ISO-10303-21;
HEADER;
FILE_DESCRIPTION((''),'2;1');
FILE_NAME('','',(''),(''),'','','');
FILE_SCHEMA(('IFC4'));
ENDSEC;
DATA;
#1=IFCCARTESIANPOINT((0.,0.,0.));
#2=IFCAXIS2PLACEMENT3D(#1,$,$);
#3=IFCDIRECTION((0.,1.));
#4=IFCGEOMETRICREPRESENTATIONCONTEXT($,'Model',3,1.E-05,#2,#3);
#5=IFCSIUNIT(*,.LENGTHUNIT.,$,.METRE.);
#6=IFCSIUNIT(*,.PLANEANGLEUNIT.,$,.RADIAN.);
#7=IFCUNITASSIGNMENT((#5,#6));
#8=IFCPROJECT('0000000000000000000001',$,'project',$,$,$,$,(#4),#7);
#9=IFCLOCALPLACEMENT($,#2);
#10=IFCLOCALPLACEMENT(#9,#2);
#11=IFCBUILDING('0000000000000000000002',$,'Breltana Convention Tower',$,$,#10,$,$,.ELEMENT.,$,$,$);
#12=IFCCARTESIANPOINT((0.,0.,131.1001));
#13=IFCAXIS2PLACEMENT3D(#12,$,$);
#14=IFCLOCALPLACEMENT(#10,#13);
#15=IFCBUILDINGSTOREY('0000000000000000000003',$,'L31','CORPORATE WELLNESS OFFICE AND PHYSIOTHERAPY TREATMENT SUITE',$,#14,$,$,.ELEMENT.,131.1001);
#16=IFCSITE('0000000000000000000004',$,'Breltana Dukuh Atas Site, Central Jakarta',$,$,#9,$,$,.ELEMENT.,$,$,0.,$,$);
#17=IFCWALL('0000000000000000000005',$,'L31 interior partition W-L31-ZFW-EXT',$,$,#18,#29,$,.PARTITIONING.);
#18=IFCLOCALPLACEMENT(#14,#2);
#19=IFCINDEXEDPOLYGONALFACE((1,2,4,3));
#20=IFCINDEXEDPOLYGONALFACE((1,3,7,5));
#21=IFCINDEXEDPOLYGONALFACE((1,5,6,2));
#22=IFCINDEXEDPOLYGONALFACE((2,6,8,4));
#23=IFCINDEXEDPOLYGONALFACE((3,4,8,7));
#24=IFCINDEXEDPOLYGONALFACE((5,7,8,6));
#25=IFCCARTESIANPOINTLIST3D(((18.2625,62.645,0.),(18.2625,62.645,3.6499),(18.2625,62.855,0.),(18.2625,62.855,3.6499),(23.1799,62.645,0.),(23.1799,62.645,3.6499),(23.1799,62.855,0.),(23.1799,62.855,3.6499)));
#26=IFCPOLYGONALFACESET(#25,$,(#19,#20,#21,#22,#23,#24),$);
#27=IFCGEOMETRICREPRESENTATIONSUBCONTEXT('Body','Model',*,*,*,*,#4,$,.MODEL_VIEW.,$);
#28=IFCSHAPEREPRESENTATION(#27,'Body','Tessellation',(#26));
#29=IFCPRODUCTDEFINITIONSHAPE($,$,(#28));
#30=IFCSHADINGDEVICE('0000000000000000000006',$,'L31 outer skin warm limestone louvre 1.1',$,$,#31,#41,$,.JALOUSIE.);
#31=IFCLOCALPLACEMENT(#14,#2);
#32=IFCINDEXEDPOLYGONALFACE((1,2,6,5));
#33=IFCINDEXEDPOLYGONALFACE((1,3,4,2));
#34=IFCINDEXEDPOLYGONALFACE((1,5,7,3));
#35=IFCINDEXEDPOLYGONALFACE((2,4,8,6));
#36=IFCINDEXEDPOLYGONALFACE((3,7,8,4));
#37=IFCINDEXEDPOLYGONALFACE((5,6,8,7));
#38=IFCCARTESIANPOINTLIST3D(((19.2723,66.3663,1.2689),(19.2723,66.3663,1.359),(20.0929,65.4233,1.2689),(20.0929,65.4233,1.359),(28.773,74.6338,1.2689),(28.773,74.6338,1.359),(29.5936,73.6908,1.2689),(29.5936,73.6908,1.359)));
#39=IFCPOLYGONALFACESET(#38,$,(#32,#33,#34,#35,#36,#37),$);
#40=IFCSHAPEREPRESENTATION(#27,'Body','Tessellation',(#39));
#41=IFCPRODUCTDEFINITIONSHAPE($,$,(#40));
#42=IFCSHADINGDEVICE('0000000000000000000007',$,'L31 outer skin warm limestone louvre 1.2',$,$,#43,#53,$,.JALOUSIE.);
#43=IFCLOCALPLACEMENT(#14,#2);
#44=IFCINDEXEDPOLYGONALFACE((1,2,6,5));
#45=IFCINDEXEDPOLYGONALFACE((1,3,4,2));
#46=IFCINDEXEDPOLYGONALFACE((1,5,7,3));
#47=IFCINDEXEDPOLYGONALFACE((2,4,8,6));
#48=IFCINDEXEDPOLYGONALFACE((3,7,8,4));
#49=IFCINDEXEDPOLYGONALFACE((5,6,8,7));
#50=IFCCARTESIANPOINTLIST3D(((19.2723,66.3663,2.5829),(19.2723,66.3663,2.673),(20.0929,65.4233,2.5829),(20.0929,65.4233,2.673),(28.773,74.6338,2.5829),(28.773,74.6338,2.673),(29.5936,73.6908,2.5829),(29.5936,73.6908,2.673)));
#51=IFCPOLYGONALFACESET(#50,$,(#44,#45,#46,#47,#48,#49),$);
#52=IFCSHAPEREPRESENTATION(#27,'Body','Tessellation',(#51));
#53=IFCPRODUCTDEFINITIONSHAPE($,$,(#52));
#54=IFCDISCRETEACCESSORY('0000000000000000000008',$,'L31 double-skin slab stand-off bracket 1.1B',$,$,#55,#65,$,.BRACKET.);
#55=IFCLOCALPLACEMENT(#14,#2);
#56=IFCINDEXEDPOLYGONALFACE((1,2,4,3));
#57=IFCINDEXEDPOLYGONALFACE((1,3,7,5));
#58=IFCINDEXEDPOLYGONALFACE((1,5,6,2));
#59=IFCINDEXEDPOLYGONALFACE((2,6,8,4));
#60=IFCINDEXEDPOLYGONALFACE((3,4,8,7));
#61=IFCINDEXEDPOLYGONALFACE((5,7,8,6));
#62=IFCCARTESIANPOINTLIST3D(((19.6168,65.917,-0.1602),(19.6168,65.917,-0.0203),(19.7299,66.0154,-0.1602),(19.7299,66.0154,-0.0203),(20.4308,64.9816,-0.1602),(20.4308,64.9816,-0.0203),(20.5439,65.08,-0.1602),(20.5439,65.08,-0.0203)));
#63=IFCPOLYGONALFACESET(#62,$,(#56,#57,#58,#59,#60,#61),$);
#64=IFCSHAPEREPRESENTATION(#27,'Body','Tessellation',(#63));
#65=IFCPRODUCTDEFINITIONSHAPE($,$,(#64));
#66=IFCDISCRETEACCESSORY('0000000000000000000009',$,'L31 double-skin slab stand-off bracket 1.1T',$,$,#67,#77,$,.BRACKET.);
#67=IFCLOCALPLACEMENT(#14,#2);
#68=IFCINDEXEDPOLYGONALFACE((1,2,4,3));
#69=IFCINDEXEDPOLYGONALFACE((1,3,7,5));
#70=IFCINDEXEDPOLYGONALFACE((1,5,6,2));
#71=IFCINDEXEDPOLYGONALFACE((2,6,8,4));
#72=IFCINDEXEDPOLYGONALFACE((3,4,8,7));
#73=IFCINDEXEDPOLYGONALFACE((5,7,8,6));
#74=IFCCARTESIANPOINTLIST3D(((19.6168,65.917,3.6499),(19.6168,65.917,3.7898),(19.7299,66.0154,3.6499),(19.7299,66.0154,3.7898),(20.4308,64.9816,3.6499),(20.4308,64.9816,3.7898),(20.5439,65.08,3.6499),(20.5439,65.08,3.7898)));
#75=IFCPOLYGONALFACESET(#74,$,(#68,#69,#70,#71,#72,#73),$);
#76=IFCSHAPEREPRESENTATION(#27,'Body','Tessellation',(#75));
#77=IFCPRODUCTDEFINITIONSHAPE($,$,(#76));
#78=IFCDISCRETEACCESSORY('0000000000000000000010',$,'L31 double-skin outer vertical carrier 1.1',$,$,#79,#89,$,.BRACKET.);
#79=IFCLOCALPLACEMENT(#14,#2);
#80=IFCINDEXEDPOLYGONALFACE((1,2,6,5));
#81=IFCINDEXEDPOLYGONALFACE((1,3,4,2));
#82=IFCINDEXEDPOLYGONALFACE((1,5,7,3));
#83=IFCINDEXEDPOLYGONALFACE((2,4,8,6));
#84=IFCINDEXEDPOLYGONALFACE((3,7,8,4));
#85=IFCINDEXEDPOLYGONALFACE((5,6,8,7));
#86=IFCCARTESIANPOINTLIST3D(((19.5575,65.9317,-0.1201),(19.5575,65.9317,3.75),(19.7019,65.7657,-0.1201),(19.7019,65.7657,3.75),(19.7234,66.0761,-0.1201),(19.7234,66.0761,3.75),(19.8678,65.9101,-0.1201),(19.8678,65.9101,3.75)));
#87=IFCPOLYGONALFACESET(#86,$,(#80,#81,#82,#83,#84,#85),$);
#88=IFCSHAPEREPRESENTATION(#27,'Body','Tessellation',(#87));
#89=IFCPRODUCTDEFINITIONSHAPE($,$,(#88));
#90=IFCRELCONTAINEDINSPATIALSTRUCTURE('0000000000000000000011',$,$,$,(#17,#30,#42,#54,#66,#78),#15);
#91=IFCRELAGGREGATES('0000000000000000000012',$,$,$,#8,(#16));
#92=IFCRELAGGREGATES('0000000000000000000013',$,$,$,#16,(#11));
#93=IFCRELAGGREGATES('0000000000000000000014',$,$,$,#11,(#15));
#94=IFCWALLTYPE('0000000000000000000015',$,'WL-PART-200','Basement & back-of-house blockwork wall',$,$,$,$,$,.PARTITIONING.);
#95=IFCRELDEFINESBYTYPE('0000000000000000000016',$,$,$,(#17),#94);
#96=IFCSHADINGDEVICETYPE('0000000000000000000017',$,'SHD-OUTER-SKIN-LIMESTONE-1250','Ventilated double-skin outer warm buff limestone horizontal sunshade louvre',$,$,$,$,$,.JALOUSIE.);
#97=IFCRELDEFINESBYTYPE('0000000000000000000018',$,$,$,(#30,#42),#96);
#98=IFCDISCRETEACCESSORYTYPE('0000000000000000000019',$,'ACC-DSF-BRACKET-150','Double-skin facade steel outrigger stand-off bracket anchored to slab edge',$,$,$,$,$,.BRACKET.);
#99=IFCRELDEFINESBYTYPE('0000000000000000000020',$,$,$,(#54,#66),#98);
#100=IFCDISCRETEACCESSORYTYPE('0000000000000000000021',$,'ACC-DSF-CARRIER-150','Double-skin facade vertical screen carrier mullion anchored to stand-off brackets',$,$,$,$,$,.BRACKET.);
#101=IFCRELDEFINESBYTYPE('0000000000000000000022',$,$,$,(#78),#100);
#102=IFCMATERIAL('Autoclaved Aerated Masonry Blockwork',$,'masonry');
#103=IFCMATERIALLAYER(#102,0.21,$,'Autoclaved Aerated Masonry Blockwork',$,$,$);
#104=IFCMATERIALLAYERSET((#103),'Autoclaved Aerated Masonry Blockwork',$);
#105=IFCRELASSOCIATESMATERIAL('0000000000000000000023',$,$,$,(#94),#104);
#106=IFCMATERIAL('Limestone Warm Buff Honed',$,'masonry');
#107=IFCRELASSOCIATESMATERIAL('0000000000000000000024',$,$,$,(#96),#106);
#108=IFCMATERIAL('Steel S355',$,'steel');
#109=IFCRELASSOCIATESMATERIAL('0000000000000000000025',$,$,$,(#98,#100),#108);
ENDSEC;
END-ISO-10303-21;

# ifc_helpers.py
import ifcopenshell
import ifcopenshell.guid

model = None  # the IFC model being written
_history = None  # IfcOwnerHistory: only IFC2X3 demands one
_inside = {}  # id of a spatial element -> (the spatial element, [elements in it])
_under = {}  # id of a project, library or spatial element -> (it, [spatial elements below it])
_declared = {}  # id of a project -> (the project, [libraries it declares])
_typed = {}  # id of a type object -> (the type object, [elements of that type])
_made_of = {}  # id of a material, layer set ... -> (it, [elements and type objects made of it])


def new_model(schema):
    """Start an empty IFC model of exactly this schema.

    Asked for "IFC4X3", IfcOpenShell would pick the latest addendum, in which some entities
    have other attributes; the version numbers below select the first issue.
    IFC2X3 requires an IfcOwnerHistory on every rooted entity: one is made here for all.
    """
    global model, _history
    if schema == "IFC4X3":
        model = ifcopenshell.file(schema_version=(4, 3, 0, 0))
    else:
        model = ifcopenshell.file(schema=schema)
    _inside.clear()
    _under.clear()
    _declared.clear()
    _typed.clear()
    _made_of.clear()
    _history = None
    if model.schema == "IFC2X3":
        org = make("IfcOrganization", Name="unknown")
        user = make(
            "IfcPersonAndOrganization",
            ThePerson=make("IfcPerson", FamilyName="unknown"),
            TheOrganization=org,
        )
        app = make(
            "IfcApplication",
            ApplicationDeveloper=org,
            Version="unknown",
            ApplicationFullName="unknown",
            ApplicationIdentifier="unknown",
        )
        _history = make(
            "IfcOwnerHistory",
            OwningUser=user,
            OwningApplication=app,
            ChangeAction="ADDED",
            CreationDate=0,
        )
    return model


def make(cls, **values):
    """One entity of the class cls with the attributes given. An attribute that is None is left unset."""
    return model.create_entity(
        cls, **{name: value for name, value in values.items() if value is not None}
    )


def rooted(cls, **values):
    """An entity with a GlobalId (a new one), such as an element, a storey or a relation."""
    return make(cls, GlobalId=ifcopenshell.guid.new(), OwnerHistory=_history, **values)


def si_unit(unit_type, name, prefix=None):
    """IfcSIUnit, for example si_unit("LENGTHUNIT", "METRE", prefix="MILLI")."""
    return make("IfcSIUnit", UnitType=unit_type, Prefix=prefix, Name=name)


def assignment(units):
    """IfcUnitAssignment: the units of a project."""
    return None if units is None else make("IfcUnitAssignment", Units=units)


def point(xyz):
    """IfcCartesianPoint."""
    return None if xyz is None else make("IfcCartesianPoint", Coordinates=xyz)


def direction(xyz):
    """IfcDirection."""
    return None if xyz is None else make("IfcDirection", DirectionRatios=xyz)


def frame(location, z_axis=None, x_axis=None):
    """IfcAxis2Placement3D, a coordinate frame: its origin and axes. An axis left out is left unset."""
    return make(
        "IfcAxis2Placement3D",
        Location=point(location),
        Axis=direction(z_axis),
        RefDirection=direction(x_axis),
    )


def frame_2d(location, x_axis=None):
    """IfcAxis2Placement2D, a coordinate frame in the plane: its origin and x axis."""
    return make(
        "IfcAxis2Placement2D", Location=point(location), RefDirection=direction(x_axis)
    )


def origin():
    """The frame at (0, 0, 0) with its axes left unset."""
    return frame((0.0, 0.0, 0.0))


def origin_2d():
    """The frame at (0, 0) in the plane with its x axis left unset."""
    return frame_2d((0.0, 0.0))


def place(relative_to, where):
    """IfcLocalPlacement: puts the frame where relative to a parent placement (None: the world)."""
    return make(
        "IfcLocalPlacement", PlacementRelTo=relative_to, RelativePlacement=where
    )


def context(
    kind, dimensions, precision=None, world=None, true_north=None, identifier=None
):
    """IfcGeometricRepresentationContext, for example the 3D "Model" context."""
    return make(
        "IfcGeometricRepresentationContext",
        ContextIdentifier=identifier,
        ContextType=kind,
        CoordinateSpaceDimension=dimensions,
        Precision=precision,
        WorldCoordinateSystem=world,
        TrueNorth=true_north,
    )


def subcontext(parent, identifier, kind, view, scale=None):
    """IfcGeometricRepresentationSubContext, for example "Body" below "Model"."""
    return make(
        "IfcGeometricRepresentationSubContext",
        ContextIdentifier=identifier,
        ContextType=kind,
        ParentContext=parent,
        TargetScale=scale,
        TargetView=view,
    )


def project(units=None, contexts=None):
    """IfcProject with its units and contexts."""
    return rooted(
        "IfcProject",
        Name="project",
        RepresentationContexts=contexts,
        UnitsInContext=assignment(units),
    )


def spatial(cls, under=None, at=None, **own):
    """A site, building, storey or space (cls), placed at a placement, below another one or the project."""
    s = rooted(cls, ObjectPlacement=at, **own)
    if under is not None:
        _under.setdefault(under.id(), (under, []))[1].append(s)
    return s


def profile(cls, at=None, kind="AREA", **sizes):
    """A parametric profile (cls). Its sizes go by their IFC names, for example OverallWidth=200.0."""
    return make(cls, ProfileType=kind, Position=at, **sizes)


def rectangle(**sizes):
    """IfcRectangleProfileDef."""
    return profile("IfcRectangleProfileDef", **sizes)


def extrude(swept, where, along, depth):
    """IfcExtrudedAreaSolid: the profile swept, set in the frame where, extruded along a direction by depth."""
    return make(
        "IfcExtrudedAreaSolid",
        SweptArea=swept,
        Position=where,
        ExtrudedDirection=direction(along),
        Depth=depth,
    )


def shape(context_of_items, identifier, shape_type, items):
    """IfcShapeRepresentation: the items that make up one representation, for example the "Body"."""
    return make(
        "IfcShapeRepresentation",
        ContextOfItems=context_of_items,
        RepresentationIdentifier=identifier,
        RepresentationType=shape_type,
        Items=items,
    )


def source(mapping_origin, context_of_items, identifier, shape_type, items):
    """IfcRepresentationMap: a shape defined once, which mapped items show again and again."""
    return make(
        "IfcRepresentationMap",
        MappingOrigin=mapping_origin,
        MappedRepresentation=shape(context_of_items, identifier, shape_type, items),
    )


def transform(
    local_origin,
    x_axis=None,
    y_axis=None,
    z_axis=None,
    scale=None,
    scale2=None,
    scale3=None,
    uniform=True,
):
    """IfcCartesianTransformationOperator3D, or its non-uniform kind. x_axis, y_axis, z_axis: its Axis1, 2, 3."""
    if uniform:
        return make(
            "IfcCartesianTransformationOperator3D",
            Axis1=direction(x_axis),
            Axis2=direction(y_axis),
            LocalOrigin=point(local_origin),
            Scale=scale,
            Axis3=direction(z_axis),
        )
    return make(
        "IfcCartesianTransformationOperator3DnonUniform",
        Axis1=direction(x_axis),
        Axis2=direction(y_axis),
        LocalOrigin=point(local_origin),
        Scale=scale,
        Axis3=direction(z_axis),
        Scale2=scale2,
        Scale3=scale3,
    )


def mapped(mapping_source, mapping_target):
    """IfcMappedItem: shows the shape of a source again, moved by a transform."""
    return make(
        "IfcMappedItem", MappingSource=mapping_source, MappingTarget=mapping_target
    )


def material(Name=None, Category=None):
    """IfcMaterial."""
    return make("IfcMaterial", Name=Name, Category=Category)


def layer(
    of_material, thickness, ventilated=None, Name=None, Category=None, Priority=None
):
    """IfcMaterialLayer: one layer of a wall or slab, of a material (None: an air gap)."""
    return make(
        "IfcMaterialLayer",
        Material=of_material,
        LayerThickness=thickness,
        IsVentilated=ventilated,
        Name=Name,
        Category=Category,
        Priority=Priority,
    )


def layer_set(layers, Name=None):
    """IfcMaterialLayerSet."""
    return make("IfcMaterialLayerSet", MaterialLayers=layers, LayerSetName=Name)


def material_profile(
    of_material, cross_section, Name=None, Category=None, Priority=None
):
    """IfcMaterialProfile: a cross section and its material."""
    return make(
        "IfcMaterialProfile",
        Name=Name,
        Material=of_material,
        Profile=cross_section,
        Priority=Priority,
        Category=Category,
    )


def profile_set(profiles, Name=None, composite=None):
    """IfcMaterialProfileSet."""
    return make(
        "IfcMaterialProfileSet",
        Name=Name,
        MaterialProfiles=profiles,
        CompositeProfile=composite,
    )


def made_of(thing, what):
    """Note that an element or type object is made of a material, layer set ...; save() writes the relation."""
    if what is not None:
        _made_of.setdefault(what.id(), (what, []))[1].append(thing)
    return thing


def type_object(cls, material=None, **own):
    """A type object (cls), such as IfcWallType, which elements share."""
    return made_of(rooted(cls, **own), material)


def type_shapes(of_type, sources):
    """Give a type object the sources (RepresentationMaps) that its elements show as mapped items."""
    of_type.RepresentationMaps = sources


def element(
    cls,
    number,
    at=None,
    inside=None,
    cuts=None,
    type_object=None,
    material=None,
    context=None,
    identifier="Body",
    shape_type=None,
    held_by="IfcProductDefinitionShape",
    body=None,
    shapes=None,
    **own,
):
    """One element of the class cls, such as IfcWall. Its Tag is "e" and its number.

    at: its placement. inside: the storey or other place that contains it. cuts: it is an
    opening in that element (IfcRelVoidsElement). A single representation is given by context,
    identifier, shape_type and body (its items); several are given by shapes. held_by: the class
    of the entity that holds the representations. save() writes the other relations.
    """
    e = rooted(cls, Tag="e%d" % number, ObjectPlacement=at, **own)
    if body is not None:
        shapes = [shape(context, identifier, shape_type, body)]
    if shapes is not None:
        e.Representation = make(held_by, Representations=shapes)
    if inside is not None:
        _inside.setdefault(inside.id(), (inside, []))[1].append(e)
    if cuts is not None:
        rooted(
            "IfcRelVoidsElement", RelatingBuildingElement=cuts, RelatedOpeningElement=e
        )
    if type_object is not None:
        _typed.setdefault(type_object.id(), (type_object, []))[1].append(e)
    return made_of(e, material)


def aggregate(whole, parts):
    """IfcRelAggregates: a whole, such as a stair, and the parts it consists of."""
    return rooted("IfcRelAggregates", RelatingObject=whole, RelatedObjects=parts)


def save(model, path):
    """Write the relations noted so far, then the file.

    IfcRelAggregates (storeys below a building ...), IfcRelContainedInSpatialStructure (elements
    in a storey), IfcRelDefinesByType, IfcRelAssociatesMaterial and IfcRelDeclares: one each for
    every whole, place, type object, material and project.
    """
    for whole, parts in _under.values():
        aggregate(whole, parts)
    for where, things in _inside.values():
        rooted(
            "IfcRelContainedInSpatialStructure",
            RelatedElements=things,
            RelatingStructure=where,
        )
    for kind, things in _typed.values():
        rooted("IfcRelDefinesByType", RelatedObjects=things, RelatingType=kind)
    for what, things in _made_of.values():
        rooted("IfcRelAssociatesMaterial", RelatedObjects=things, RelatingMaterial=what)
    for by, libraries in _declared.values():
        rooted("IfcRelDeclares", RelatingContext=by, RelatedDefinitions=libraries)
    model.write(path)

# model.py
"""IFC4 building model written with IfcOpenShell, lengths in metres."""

from ifc_helpers import new_model, si_unit, direction, frame, frame_2d, origin, origin_2d, place, context, subcontext, project, spatial, rectangle, extrude, source, transform, mapped, material, layer, layer_set, material_profile, profile_set, type_object, type_shapes, element, save


model = new_model("IFC4")

# Units and contexts
model_context = context("Model", 3, precision=1e-05, world=origin(), true_north=direction((0.0, 1.0)))
body_context = subcontext(model_context, "Body", "Model", "MODEL_VIEW")
ifc_project = project(units=[si_unit("LENGTHUNIT", "METRE"), si_unit("PLANEANGLEUNIT", "RADIAN")], contexts=[model_context])

# Site, building, storey
site_placement = place(None, origin())
site = spatial("IfcSite", under=ifc_project, at=site_placement, Name="Breltana Dukuh Atas Site, Central Jakarta", CompositionType="ELEMENT", RefElevation=0.0)
building_placement = place(site_placement, origin())
building = spatial("IfcBuilding", under=site, at=building_placement, Name="Breltana Convention Tower", CompositionType="ELEMENT")
storey_placement = place(building_placement, frame((0.0, 0.0, 131.1001)))
storey = spatial("IfcBuildingStorey", under=building, at=storey_placement, Name="L31", Description="CORPORATE WELLNESS OFFICE AND PHYSIOTHERAPY TREATMENT SUITE", CompositionType="ELEMENT", Elevation=131.1001)

# Wall
ifc_material_1 = material(Name="Autoclaved Aerated Masonry Blockwork", Category="masonry")
ifc_layer_1 = layer(ifc_material_1, 0.21, Name="Autoclaved Aerated Masonry Blockwork")
ifc_layer_set_1 = layer_set([ifc_layer_1], Name="Autoclaved Aerated Masonry Blockwork")
wall_type_1 = type_object("IfcWallType", Name="WL-PART-200", Description="Basement & back-of-house blockwork wall", PredefinedType="PARTITIONING", material=ifc_layer_set_1)
shared_shape_1 = source(origin(), body_context, "Body", "SweptSolid", [
    extrude(rectangle(XDim=4.9175, YDim=0.21, at=frame_2d((2.4587, 0.0))), origin(), (0.0, 0.0, 1.0), 3.6499),
])
wall_1_placement = place(storey_placement, frame((18.2625, 62.75, 0.0), z_axis=(0.0, 0.0, 1.0), x_axis=(1.0, 0.0, 0.0)))
element("IfcWall", 1, at=wall_1_placement, inside=storey, type_object=wall_type_1, Name="L31 interior partition W-L31-ZFW-EXT", PredefinedType="PARTITIONING", context=body_context, shape_type="MappedRepresentation", body=[
    mapped(shared_shape_1, transform((0.0, 0.0, 0.0), scale=1.0)),
])

# Shading devices
ifc_material_2 = material(Name="Limestone Warm Buff Honed", Category="masonry")
ifc_material_profile_1 = material_profile(ifc_material_2, rectangle(XDim=1.25, YDim=0.0901, at=origin_2d()), Name="STN-LVR-1250X90")
ifc_profile_set_1 = profile_set([ifc_material_profile_1], Name="Limestone Warm Buff Honed")
shading_device_type = type_object("IfcShadingDeviceType", Name="SHD-OUTER-SKIN-LIMESTONE-1250", Description="Ventilated double-skin outer warm buff limestone horizontal sunshade louvre", PredefinedType="JALOUSIE", material=ifc_profile_set_1)
shared_shape_2 = source(origin(), body_context, "Body", "SweptSolid", [
    extrude(rectangle(XDim=1.25, YDim=0.0901, at=origin_2d()), origin(), (0.0, 0.0, 1.0), 12.5942),
])
for number, where, z_axis, x_axis, name in (
    (2, (19.6826, 65.8948, 1.314), (0.754367, 0.656453, 0.0), (-0.656453, 0.754367, 0.0), "L31 outer skin warm limestone louvre 1.1"),
    (3, (19.6826, 65.8948, 2.6279), (0.754367, 0.656453, 0.0), (-0.656453, 0.754367, 0.0), "L31 outer skin warm limestone louvre 1.2"),
):
    element("IfcShadingDevice", number, at=place(storey_placement, frame(where, z_axis=z_axis, x_axis=x_axis)), inside=storey, type_object=shading_device_type, Name=name, PredefinedType="JALOUSIE", context=body_context, shape_type="MappedRepresentation", body=[
        mapped(shared_shape_2, transform((0.0, 0.0, 0.0), scale=1.0)),
    ])

# Discrete accessories
ifc_material_3 = material(Name="Steel S355", Category="steel")
discrete_accessory_type_1 = type_object("IfcDiscreteAccessoryType", Name="ACC-DSF-BRACKET-150", Description="Double-skin facade steel outrigger stand-off bracket anchored to slab edge", PredefinedType="BRACKET", material=ifc_material_3)
shared_shape_3 = source(origin(), body_context, "Body", "SweptSolid", [
    extrude(rectangle(XDim=1.24, YDim=0.1499, at=origin_2d()), origin(), (0.0, 0.0, 1.0), 0.1399),
])
type_shapes(discrete_accessory_type_1, [shared_shape_3])
for number, where, z_axis, x_axis, name in (
    (4, (20.0803, 65.4985, -0.1602), (0.0, 0.0, 1.0), (-0.656454, 0.754366, 0.0), "L31 double-skin slab stand-off bracket 1.1B"),
    (5, (20.0803, 65.4985, 3.6499), (0.0, 0.0, 1.0), (-0.656454, 0.754366, 0.0), "L31 double-skin slab stand-off bracket 1.1T"),
):
    element("IfcDiscreteAccessory", number, at=place(storey_placement, frame(where, z_axis=z_axis, x_axis=x_axis)), inside=storey, type_object=discrete_accessory_type_1, Name=name, PredefinedType="BRACKET", context=body_context, shape_type="MappedRepresentation", body=[
        mapped(shared_shape_3, transform((0.0, 0.0, 0.0), scale=1.0)),
    ])
discrete_accessory_type_2 = type_object("IfcDiscreteAccessoryType", Name="ACC-DSF-CARRIER-150", Description="Double-skin facade vertical screen carrier mullion anchored to stand-off brackets", PredefinedType="BRACKET", material=ifc_material_3)
shared_shape_4 = source(origin(), body_context, "Body", "SweptSolid", [
    extrude(rectangle(XDim=0.22, YDim=0.22, at=origin_2d()), origin(), (0.0, 0.0, 1.0), 3.8701),
])
discrete_accessory_placement = place(storey_placement, frame((19.7126, 65.9209, -0.1201), z_axis=(0.0, 0.0, 1.0), x_axis=(-0.656454, 0.754366, 0.0)))
element("IfcDiscreteAccessory", 6, at=discrete_accessory_placement, inside=storey, type_object=discrete_accessory_type_2, Name="L31 double-skin outer vertical carrier 1.1", PredefinedType="BRACKET", context=body_context, shape_type="MappedRepresentation", body=[
    mapped(shared_shape_4, transform((0.0, 0.0, 0.0), scale=1.0)),
])

save(model, "model.ifc")
